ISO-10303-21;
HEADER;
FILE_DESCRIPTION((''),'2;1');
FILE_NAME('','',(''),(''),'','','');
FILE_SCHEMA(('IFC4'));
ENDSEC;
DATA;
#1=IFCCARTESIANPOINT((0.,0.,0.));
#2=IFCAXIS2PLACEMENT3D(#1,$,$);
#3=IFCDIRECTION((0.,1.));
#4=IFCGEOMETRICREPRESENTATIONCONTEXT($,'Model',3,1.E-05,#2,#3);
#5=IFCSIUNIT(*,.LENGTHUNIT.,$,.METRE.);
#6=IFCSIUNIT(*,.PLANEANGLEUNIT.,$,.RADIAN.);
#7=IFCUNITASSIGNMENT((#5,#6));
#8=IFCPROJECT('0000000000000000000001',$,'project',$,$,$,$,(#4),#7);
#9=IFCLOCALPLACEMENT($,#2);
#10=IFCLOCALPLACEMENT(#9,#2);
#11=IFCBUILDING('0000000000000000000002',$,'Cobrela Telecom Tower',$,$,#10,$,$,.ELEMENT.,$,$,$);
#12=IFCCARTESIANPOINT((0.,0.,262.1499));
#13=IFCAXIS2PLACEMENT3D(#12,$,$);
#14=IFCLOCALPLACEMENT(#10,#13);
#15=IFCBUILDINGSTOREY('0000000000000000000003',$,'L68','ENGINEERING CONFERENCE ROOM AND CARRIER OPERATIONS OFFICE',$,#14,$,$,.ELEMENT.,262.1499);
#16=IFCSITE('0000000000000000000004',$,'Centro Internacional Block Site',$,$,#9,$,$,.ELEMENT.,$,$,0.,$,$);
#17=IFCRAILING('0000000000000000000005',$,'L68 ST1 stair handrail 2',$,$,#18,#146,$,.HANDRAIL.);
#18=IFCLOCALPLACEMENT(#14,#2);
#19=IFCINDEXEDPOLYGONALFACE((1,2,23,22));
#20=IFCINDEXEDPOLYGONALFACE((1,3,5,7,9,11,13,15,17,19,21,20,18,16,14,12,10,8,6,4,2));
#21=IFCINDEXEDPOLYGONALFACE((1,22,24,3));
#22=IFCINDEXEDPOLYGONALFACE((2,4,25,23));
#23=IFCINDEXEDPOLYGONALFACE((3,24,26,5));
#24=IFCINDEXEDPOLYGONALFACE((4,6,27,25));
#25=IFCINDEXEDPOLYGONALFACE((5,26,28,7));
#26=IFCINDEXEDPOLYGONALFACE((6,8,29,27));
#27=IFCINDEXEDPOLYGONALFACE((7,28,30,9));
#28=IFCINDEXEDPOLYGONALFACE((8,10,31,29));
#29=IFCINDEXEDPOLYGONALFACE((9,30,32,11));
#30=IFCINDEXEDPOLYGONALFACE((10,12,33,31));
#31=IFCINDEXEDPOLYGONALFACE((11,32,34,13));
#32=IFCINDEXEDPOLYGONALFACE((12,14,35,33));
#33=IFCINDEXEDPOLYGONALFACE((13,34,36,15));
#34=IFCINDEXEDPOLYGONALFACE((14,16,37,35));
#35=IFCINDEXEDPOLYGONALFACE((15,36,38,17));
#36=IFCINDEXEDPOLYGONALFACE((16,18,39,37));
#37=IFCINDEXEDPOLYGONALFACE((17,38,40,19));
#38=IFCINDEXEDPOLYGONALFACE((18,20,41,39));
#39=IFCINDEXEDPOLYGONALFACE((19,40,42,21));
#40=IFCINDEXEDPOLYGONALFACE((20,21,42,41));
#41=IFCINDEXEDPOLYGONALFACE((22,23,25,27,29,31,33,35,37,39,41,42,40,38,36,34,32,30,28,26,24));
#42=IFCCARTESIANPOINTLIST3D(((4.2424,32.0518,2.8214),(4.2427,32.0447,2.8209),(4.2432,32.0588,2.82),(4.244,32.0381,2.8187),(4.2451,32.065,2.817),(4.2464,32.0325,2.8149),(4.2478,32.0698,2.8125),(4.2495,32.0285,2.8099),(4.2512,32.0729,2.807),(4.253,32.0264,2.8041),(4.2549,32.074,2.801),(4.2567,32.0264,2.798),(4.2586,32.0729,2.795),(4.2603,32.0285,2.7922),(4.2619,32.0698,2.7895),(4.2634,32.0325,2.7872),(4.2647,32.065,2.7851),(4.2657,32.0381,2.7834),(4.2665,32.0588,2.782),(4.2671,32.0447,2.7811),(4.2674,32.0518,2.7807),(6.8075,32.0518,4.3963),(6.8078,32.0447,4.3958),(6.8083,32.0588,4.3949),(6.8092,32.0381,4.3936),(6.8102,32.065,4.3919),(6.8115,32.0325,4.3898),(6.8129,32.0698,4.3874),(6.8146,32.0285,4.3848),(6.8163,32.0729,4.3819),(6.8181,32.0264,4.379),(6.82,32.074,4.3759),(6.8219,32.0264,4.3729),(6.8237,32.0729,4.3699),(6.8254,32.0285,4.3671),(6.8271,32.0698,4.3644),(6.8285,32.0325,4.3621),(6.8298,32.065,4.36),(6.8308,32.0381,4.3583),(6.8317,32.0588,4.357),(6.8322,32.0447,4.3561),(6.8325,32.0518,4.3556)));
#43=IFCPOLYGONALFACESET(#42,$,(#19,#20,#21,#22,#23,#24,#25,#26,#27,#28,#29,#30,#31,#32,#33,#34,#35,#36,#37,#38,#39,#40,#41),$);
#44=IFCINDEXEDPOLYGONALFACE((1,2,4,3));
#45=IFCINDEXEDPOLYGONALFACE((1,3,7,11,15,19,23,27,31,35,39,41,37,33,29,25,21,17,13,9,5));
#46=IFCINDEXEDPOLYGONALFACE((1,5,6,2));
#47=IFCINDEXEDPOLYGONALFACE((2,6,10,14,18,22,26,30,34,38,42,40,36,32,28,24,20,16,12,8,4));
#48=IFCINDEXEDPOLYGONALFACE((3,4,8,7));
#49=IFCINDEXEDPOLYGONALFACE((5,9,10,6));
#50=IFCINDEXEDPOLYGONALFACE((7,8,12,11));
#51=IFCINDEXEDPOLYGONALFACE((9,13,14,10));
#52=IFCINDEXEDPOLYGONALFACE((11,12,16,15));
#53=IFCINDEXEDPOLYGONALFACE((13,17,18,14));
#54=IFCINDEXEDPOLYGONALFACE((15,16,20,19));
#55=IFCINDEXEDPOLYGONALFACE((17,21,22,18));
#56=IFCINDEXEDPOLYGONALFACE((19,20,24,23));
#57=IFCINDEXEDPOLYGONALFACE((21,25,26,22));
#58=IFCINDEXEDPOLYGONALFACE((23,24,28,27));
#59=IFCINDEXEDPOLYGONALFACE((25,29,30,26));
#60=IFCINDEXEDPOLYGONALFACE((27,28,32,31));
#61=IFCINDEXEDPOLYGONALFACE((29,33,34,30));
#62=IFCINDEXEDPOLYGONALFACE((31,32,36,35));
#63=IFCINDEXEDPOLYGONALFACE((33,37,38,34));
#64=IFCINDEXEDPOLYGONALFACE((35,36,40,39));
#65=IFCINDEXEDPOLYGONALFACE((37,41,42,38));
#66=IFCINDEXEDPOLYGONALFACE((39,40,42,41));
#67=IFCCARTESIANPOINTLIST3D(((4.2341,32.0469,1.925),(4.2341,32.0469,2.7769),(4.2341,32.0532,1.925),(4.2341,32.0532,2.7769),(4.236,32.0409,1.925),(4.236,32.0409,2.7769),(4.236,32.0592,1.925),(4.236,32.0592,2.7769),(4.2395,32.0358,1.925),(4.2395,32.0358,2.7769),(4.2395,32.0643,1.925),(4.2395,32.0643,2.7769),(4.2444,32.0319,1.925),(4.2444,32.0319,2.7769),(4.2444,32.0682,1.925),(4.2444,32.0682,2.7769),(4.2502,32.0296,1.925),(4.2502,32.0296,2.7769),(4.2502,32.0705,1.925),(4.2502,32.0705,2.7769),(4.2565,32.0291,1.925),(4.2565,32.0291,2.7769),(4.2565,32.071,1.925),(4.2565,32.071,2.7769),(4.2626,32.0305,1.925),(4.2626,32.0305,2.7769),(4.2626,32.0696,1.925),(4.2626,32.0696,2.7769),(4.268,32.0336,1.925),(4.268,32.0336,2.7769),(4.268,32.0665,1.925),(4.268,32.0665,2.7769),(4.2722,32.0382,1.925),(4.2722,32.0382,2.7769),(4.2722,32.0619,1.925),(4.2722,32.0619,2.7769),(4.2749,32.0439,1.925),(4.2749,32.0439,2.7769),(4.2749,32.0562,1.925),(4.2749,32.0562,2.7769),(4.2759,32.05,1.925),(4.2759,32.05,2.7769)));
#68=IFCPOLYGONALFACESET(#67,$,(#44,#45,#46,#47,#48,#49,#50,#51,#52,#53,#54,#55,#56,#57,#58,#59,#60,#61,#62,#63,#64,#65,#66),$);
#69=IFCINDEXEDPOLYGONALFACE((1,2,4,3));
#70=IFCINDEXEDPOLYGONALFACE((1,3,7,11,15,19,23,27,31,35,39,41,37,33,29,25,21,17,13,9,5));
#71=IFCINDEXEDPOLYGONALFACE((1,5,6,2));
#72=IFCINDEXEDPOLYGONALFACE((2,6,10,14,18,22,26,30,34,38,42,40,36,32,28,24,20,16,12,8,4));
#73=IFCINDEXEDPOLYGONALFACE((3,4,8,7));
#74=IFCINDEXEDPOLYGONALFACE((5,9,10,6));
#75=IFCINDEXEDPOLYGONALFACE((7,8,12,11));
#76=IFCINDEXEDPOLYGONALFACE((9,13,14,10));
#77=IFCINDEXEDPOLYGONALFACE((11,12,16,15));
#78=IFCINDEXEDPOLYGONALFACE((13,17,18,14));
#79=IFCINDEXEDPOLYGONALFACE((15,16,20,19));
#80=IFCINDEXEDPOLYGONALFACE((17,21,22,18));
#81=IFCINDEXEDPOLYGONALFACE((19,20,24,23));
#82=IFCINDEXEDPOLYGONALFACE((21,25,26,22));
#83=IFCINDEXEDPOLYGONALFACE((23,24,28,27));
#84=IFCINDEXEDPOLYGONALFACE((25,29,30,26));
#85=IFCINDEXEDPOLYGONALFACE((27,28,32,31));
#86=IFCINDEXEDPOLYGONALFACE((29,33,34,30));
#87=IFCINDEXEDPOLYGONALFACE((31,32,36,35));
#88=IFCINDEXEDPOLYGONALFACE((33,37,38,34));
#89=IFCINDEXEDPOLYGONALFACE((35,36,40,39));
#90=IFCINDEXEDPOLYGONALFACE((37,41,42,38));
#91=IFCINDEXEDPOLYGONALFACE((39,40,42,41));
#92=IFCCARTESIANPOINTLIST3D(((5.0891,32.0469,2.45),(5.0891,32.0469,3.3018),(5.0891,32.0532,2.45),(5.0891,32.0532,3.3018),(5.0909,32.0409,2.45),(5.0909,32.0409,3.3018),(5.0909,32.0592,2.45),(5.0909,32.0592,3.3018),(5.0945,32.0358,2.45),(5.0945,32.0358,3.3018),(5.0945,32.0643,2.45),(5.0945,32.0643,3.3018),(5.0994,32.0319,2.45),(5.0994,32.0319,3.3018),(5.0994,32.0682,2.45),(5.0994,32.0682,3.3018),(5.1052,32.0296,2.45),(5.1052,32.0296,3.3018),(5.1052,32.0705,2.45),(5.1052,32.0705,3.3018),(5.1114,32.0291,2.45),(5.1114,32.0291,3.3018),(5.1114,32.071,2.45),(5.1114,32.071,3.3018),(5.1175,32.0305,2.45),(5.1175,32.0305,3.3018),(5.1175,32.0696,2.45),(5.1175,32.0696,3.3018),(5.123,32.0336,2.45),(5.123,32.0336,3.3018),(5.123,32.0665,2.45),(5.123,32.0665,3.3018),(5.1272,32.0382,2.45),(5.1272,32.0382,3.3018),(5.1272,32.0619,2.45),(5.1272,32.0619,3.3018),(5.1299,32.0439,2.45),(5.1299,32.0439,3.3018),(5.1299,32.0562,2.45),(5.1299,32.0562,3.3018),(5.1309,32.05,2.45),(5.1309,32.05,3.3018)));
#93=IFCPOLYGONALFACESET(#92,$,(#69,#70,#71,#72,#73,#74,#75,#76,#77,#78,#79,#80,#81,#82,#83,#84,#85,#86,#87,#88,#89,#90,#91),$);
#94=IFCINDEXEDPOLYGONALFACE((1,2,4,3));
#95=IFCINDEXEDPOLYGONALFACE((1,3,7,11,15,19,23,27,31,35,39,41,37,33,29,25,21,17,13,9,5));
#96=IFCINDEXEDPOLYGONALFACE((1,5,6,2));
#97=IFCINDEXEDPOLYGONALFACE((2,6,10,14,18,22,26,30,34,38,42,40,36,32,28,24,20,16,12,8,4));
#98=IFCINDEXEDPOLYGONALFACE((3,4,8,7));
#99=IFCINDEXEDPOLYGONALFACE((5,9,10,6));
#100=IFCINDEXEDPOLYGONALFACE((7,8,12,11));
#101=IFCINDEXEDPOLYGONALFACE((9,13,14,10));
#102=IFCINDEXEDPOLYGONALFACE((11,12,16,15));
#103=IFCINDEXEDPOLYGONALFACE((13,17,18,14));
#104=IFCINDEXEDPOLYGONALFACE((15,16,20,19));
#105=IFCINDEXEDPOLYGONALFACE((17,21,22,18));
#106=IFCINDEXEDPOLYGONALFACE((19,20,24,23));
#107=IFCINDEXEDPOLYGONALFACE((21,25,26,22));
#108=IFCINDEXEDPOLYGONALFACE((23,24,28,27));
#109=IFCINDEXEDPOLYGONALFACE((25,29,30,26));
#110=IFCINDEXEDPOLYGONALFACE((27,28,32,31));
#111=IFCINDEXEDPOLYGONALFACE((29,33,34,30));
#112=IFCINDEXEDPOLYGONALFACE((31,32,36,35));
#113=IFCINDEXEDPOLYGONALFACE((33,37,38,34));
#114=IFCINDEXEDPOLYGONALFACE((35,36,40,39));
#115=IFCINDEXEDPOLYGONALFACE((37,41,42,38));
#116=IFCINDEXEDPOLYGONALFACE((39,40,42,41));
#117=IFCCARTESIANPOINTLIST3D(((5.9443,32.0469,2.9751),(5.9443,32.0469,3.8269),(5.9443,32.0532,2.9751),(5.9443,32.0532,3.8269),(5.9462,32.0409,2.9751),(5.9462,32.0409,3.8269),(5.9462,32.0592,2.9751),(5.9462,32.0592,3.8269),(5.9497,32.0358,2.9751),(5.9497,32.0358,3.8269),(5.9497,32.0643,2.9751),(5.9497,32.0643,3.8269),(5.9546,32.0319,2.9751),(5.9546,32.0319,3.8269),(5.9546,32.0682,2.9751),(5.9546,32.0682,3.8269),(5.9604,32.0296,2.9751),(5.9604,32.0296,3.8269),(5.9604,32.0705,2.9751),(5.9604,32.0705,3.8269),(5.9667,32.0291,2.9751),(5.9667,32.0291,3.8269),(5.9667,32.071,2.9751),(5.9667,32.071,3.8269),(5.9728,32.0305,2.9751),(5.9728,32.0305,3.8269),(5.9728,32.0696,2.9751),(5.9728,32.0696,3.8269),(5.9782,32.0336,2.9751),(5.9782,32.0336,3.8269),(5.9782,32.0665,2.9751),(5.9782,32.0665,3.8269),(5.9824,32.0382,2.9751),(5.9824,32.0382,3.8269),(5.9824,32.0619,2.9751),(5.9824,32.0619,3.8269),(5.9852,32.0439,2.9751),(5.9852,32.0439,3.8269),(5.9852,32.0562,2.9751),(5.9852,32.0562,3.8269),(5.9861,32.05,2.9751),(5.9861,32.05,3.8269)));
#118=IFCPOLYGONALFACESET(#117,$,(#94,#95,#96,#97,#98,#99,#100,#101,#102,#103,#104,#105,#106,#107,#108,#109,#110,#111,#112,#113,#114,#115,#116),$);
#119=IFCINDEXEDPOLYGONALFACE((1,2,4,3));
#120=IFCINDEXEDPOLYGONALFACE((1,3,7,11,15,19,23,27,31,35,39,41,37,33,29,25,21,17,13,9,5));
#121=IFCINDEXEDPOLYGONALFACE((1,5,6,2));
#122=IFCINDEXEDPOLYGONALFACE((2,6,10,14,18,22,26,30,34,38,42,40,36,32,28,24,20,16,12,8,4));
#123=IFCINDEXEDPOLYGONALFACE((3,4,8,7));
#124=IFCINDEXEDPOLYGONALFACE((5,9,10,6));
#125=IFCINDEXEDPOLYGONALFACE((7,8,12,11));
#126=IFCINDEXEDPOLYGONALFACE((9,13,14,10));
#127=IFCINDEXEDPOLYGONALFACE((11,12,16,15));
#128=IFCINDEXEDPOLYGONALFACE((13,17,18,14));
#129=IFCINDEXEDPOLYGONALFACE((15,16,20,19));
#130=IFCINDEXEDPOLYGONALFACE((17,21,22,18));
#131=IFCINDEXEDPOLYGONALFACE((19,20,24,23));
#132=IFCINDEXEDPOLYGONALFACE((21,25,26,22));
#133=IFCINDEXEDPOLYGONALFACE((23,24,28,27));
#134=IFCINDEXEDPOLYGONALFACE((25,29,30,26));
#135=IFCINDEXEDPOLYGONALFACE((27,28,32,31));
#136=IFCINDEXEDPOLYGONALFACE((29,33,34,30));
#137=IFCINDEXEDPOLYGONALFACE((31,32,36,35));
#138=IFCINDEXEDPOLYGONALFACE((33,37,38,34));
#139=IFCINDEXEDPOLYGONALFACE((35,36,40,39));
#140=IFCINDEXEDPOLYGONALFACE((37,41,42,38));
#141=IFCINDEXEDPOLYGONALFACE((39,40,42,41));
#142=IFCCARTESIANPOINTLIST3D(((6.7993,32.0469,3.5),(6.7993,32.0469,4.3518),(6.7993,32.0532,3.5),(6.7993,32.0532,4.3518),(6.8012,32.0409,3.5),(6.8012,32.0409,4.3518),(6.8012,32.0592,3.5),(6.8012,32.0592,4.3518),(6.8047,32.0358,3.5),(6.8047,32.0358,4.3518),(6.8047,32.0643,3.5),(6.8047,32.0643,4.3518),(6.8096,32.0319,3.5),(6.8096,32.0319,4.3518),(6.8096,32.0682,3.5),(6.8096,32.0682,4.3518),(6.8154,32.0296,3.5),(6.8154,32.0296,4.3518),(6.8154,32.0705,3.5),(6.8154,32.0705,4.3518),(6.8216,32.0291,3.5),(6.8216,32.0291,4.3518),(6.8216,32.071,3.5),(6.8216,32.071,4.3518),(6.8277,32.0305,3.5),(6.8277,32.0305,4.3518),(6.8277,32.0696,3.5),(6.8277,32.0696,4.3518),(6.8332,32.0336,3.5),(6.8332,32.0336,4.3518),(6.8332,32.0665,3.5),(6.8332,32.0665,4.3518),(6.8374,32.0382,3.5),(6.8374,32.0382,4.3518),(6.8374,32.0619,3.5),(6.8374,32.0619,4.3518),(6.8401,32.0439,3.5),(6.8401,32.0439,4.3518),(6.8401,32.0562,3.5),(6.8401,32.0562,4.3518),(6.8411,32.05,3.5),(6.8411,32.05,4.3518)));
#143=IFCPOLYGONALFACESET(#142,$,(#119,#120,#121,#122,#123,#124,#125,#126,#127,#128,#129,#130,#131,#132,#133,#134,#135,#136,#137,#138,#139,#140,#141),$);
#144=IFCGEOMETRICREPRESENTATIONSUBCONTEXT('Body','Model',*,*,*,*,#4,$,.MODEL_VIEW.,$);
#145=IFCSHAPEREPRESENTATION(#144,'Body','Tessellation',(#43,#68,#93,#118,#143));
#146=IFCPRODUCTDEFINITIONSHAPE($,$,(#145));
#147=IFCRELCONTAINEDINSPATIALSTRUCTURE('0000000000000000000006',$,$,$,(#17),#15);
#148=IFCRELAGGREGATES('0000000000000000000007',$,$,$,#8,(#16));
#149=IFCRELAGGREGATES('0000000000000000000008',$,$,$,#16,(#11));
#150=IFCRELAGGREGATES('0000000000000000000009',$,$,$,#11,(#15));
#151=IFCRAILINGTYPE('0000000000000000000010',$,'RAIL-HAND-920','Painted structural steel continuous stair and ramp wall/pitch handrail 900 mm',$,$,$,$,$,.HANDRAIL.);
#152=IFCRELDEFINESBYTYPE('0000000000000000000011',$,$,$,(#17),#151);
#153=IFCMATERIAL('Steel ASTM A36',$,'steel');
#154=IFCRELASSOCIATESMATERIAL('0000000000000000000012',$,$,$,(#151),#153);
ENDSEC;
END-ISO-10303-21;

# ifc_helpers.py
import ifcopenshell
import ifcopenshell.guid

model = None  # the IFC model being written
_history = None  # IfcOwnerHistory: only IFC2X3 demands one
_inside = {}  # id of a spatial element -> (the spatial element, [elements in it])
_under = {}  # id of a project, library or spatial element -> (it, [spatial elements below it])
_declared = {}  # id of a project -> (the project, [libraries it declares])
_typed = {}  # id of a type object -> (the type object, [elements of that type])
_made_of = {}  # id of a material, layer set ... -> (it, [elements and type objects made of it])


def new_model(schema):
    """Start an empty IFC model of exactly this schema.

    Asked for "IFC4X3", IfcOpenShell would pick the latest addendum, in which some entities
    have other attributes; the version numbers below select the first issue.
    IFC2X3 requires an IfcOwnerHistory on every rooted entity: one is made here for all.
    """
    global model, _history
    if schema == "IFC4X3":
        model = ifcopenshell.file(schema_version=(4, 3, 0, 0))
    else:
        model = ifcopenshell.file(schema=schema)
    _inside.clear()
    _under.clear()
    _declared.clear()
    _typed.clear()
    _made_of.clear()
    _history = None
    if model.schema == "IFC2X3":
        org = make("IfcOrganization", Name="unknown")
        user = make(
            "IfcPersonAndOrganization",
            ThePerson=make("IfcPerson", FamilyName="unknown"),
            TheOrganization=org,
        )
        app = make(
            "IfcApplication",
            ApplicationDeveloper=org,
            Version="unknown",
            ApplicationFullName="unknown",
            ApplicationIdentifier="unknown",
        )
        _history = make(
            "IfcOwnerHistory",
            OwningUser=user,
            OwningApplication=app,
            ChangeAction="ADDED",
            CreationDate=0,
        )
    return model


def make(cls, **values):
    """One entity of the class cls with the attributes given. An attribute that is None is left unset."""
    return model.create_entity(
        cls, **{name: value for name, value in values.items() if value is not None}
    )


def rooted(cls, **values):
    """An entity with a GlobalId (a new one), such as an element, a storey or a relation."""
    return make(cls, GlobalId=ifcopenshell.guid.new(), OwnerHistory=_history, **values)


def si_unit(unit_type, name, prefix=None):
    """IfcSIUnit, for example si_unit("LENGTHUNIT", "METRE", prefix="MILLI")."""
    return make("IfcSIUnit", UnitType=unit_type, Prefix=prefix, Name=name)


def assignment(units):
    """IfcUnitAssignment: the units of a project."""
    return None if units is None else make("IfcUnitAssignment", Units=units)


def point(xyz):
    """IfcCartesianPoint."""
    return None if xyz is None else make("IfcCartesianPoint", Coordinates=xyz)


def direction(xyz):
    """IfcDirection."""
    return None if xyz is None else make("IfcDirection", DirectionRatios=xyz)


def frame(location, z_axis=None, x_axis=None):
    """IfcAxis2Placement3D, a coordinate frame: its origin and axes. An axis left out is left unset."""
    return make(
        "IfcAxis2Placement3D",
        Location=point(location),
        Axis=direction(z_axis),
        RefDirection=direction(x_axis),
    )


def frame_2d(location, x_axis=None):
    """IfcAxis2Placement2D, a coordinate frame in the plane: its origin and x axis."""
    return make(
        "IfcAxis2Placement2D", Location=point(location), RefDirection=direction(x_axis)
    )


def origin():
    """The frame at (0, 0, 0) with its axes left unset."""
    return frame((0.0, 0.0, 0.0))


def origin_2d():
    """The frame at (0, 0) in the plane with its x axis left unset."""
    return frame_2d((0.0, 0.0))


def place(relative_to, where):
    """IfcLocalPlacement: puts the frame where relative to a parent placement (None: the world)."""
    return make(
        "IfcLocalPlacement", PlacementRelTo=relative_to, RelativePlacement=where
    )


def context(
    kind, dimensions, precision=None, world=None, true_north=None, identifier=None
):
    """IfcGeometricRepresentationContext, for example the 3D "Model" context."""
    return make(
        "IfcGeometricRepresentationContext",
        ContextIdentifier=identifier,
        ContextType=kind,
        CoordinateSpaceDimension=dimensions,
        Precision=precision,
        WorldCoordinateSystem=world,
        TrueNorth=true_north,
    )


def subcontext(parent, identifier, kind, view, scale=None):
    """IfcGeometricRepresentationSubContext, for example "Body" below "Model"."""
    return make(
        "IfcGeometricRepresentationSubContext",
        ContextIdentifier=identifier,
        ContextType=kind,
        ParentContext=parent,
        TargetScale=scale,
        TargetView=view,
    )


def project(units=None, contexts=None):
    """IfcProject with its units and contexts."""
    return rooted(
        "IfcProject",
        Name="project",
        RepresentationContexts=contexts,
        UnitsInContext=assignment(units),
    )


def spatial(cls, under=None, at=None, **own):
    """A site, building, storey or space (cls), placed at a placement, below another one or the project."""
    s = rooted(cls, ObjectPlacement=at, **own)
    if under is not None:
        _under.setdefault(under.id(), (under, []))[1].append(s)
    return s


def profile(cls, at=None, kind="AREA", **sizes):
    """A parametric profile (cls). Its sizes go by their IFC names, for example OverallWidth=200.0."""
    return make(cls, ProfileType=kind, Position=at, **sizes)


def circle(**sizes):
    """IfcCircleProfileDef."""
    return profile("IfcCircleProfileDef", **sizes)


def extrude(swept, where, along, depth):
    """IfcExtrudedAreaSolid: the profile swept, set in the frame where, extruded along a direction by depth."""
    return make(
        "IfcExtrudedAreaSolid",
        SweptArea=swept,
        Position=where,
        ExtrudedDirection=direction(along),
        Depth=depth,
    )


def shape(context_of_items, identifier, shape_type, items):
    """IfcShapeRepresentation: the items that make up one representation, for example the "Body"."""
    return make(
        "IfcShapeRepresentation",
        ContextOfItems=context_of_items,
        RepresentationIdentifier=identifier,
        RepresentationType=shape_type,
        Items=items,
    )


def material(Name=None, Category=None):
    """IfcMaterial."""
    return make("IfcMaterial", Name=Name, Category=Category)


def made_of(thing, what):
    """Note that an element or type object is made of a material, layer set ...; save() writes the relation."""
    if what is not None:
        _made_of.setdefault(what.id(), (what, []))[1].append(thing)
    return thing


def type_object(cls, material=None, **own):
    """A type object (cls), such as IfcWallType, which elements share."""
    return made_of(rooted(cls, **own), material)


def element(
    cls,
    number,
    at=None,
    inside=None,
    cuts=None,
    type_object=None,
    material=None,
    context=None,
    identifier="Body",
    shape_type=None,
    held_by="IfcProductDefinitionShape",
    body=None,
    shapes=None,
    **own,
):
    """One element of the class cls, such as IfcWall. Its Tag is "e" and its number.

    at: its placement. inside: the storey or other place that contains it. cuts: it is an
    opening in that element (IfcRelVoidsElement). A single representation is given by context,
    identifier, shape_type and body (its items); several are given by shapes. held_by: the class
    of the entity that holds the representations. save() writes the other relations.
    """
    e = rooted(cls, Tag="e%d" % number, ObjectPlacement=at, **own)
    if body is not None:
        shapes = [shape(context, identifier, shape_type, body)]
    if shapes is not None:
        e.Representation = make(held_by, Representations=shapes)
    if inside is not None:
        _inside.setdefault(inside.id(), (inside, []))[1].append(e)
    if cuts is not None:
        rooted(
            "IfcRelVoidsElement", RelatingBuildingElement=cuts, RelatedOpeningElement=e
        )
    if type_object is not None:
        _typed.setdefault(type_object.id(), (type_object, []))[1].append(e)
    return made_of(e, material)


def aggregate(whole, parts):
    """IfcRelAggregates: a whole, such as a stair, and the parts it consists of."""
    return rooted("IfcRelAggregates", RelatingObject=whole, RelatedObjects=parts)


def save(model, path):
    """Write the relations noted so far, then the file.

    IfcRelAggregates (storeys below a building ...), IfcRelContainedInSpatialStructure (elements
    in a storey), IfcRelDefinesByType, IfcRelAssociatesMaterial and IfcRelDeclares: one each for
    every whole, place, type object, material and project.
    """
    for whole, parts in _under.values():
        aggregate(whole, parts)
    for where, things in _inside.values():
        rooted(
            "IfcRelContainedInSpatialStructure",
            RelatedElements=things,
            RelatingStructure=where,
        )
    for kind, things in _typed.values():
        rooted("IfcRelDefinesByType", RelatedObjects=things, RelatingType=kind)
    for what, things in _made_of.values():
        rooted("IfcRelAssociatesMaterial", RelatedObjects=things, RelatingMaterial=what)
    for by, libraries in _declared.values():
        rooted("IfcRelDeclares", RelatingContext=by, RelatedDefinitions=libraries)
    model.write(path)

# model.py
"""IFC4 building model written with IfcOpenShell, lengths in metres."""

from ifc_helpers import new_model, si_unit, direction, frame, origin, origin_2d, place, context, subcontext, project, spatial, circle, extrude, material, type_object, element, save


model = new_model("IFC4")

# Units and contexts
model_context = context("Model", 3, precision=1e-05, world=origin(), true_north=direction((0.0, 1.0)))
body_context = subcontext(model_context, "Body", "Model", "MODEL_VIEW")
ifc_project = project(units=[si_unit("LENGTHUNIT", "METRE"), si_unit("PLANEANGLEUNIT", "RADIAN")], contexts=[model_context])

# Site, building, storey
site_placement = place(None, origin())
site = spatial("IfcSite", under=ifc_project, at=site_placement, Name="Centro Internacional Block Site", CompositionType="ELEMENT", RefElevation=0.0)
building_placement = place(site_placement, origin())
building = spatial("IfcBuilding", under=site, at=building_placement, Name="Cobrela Telecom Tower", CompositionType="ELEMENT")
storey_placement = place(building_placement, frame((0.0, 0.0, 262.1499)))
storey = spatial("IfcBuildingStorey", under=building, at=storey_placement, Name="L68", Description="ENGINEERING CONFERENCE ROOM AND CARRIER OPERATIONS OFFICE", CompositionType="ELEMENT", Elevation=262.1499)

# Shared definitions
ifc_material_1 = material(Name="Steel ASTM A36", Category="steel")

# Railing
railing_type_1 = type_object("IfcRailingType", Name="RAIL-HAND-920", Description="Painted structural steel continuous stair and ramp wall/pitch handrail 900 mm", PredefinedType="HANDRAIL", material=ifc_material_1)
railing_1_placement = place(storey_placement, frame((4.2549, 32.05, 1.925)))
element("IfcRailing", 1, at=railing_1_placement, inside=storey, type_object=railing_type_1, Name="L68 ST1 stair handrail 2", PredefinedType="HANDRAIL", context=body_context, shape_type="SweptSolid", body=[
    extrude(circle(Radius=0.0239, at=origin_2d()), frame((0.0, 0.0, 0.876), z_axis=(0.852195, 0.0, 0.523224), x_axis=(0.0, 1.0, 0.0)), (0.0, 0.0, 1.0), 3.01),
    extrude(circle(Radius=0.021, at=origin_2d()), origin(), (0.0, 0.0, 1.0), 0.8518),
    extrude(circle(Radius=0.021, at=origin_2d()), frame((0.855, 0.0, 0.5249)), (0.0, 0.0, 1.0), 0.8518),
    extrude(circle(Radius=0.021, at=origin_2d()), frame((1.7102, 0.0, 1.05)), (0.0, 0.0, 1.0), 0.8518),
    extrude(circle(Radius=0.021, at=origin_2d()), frame((2.5652, 0.0, 1.575)), (0.0, 0.0, 1.0), 0.8518),
])

save(model, "model.ifc")
